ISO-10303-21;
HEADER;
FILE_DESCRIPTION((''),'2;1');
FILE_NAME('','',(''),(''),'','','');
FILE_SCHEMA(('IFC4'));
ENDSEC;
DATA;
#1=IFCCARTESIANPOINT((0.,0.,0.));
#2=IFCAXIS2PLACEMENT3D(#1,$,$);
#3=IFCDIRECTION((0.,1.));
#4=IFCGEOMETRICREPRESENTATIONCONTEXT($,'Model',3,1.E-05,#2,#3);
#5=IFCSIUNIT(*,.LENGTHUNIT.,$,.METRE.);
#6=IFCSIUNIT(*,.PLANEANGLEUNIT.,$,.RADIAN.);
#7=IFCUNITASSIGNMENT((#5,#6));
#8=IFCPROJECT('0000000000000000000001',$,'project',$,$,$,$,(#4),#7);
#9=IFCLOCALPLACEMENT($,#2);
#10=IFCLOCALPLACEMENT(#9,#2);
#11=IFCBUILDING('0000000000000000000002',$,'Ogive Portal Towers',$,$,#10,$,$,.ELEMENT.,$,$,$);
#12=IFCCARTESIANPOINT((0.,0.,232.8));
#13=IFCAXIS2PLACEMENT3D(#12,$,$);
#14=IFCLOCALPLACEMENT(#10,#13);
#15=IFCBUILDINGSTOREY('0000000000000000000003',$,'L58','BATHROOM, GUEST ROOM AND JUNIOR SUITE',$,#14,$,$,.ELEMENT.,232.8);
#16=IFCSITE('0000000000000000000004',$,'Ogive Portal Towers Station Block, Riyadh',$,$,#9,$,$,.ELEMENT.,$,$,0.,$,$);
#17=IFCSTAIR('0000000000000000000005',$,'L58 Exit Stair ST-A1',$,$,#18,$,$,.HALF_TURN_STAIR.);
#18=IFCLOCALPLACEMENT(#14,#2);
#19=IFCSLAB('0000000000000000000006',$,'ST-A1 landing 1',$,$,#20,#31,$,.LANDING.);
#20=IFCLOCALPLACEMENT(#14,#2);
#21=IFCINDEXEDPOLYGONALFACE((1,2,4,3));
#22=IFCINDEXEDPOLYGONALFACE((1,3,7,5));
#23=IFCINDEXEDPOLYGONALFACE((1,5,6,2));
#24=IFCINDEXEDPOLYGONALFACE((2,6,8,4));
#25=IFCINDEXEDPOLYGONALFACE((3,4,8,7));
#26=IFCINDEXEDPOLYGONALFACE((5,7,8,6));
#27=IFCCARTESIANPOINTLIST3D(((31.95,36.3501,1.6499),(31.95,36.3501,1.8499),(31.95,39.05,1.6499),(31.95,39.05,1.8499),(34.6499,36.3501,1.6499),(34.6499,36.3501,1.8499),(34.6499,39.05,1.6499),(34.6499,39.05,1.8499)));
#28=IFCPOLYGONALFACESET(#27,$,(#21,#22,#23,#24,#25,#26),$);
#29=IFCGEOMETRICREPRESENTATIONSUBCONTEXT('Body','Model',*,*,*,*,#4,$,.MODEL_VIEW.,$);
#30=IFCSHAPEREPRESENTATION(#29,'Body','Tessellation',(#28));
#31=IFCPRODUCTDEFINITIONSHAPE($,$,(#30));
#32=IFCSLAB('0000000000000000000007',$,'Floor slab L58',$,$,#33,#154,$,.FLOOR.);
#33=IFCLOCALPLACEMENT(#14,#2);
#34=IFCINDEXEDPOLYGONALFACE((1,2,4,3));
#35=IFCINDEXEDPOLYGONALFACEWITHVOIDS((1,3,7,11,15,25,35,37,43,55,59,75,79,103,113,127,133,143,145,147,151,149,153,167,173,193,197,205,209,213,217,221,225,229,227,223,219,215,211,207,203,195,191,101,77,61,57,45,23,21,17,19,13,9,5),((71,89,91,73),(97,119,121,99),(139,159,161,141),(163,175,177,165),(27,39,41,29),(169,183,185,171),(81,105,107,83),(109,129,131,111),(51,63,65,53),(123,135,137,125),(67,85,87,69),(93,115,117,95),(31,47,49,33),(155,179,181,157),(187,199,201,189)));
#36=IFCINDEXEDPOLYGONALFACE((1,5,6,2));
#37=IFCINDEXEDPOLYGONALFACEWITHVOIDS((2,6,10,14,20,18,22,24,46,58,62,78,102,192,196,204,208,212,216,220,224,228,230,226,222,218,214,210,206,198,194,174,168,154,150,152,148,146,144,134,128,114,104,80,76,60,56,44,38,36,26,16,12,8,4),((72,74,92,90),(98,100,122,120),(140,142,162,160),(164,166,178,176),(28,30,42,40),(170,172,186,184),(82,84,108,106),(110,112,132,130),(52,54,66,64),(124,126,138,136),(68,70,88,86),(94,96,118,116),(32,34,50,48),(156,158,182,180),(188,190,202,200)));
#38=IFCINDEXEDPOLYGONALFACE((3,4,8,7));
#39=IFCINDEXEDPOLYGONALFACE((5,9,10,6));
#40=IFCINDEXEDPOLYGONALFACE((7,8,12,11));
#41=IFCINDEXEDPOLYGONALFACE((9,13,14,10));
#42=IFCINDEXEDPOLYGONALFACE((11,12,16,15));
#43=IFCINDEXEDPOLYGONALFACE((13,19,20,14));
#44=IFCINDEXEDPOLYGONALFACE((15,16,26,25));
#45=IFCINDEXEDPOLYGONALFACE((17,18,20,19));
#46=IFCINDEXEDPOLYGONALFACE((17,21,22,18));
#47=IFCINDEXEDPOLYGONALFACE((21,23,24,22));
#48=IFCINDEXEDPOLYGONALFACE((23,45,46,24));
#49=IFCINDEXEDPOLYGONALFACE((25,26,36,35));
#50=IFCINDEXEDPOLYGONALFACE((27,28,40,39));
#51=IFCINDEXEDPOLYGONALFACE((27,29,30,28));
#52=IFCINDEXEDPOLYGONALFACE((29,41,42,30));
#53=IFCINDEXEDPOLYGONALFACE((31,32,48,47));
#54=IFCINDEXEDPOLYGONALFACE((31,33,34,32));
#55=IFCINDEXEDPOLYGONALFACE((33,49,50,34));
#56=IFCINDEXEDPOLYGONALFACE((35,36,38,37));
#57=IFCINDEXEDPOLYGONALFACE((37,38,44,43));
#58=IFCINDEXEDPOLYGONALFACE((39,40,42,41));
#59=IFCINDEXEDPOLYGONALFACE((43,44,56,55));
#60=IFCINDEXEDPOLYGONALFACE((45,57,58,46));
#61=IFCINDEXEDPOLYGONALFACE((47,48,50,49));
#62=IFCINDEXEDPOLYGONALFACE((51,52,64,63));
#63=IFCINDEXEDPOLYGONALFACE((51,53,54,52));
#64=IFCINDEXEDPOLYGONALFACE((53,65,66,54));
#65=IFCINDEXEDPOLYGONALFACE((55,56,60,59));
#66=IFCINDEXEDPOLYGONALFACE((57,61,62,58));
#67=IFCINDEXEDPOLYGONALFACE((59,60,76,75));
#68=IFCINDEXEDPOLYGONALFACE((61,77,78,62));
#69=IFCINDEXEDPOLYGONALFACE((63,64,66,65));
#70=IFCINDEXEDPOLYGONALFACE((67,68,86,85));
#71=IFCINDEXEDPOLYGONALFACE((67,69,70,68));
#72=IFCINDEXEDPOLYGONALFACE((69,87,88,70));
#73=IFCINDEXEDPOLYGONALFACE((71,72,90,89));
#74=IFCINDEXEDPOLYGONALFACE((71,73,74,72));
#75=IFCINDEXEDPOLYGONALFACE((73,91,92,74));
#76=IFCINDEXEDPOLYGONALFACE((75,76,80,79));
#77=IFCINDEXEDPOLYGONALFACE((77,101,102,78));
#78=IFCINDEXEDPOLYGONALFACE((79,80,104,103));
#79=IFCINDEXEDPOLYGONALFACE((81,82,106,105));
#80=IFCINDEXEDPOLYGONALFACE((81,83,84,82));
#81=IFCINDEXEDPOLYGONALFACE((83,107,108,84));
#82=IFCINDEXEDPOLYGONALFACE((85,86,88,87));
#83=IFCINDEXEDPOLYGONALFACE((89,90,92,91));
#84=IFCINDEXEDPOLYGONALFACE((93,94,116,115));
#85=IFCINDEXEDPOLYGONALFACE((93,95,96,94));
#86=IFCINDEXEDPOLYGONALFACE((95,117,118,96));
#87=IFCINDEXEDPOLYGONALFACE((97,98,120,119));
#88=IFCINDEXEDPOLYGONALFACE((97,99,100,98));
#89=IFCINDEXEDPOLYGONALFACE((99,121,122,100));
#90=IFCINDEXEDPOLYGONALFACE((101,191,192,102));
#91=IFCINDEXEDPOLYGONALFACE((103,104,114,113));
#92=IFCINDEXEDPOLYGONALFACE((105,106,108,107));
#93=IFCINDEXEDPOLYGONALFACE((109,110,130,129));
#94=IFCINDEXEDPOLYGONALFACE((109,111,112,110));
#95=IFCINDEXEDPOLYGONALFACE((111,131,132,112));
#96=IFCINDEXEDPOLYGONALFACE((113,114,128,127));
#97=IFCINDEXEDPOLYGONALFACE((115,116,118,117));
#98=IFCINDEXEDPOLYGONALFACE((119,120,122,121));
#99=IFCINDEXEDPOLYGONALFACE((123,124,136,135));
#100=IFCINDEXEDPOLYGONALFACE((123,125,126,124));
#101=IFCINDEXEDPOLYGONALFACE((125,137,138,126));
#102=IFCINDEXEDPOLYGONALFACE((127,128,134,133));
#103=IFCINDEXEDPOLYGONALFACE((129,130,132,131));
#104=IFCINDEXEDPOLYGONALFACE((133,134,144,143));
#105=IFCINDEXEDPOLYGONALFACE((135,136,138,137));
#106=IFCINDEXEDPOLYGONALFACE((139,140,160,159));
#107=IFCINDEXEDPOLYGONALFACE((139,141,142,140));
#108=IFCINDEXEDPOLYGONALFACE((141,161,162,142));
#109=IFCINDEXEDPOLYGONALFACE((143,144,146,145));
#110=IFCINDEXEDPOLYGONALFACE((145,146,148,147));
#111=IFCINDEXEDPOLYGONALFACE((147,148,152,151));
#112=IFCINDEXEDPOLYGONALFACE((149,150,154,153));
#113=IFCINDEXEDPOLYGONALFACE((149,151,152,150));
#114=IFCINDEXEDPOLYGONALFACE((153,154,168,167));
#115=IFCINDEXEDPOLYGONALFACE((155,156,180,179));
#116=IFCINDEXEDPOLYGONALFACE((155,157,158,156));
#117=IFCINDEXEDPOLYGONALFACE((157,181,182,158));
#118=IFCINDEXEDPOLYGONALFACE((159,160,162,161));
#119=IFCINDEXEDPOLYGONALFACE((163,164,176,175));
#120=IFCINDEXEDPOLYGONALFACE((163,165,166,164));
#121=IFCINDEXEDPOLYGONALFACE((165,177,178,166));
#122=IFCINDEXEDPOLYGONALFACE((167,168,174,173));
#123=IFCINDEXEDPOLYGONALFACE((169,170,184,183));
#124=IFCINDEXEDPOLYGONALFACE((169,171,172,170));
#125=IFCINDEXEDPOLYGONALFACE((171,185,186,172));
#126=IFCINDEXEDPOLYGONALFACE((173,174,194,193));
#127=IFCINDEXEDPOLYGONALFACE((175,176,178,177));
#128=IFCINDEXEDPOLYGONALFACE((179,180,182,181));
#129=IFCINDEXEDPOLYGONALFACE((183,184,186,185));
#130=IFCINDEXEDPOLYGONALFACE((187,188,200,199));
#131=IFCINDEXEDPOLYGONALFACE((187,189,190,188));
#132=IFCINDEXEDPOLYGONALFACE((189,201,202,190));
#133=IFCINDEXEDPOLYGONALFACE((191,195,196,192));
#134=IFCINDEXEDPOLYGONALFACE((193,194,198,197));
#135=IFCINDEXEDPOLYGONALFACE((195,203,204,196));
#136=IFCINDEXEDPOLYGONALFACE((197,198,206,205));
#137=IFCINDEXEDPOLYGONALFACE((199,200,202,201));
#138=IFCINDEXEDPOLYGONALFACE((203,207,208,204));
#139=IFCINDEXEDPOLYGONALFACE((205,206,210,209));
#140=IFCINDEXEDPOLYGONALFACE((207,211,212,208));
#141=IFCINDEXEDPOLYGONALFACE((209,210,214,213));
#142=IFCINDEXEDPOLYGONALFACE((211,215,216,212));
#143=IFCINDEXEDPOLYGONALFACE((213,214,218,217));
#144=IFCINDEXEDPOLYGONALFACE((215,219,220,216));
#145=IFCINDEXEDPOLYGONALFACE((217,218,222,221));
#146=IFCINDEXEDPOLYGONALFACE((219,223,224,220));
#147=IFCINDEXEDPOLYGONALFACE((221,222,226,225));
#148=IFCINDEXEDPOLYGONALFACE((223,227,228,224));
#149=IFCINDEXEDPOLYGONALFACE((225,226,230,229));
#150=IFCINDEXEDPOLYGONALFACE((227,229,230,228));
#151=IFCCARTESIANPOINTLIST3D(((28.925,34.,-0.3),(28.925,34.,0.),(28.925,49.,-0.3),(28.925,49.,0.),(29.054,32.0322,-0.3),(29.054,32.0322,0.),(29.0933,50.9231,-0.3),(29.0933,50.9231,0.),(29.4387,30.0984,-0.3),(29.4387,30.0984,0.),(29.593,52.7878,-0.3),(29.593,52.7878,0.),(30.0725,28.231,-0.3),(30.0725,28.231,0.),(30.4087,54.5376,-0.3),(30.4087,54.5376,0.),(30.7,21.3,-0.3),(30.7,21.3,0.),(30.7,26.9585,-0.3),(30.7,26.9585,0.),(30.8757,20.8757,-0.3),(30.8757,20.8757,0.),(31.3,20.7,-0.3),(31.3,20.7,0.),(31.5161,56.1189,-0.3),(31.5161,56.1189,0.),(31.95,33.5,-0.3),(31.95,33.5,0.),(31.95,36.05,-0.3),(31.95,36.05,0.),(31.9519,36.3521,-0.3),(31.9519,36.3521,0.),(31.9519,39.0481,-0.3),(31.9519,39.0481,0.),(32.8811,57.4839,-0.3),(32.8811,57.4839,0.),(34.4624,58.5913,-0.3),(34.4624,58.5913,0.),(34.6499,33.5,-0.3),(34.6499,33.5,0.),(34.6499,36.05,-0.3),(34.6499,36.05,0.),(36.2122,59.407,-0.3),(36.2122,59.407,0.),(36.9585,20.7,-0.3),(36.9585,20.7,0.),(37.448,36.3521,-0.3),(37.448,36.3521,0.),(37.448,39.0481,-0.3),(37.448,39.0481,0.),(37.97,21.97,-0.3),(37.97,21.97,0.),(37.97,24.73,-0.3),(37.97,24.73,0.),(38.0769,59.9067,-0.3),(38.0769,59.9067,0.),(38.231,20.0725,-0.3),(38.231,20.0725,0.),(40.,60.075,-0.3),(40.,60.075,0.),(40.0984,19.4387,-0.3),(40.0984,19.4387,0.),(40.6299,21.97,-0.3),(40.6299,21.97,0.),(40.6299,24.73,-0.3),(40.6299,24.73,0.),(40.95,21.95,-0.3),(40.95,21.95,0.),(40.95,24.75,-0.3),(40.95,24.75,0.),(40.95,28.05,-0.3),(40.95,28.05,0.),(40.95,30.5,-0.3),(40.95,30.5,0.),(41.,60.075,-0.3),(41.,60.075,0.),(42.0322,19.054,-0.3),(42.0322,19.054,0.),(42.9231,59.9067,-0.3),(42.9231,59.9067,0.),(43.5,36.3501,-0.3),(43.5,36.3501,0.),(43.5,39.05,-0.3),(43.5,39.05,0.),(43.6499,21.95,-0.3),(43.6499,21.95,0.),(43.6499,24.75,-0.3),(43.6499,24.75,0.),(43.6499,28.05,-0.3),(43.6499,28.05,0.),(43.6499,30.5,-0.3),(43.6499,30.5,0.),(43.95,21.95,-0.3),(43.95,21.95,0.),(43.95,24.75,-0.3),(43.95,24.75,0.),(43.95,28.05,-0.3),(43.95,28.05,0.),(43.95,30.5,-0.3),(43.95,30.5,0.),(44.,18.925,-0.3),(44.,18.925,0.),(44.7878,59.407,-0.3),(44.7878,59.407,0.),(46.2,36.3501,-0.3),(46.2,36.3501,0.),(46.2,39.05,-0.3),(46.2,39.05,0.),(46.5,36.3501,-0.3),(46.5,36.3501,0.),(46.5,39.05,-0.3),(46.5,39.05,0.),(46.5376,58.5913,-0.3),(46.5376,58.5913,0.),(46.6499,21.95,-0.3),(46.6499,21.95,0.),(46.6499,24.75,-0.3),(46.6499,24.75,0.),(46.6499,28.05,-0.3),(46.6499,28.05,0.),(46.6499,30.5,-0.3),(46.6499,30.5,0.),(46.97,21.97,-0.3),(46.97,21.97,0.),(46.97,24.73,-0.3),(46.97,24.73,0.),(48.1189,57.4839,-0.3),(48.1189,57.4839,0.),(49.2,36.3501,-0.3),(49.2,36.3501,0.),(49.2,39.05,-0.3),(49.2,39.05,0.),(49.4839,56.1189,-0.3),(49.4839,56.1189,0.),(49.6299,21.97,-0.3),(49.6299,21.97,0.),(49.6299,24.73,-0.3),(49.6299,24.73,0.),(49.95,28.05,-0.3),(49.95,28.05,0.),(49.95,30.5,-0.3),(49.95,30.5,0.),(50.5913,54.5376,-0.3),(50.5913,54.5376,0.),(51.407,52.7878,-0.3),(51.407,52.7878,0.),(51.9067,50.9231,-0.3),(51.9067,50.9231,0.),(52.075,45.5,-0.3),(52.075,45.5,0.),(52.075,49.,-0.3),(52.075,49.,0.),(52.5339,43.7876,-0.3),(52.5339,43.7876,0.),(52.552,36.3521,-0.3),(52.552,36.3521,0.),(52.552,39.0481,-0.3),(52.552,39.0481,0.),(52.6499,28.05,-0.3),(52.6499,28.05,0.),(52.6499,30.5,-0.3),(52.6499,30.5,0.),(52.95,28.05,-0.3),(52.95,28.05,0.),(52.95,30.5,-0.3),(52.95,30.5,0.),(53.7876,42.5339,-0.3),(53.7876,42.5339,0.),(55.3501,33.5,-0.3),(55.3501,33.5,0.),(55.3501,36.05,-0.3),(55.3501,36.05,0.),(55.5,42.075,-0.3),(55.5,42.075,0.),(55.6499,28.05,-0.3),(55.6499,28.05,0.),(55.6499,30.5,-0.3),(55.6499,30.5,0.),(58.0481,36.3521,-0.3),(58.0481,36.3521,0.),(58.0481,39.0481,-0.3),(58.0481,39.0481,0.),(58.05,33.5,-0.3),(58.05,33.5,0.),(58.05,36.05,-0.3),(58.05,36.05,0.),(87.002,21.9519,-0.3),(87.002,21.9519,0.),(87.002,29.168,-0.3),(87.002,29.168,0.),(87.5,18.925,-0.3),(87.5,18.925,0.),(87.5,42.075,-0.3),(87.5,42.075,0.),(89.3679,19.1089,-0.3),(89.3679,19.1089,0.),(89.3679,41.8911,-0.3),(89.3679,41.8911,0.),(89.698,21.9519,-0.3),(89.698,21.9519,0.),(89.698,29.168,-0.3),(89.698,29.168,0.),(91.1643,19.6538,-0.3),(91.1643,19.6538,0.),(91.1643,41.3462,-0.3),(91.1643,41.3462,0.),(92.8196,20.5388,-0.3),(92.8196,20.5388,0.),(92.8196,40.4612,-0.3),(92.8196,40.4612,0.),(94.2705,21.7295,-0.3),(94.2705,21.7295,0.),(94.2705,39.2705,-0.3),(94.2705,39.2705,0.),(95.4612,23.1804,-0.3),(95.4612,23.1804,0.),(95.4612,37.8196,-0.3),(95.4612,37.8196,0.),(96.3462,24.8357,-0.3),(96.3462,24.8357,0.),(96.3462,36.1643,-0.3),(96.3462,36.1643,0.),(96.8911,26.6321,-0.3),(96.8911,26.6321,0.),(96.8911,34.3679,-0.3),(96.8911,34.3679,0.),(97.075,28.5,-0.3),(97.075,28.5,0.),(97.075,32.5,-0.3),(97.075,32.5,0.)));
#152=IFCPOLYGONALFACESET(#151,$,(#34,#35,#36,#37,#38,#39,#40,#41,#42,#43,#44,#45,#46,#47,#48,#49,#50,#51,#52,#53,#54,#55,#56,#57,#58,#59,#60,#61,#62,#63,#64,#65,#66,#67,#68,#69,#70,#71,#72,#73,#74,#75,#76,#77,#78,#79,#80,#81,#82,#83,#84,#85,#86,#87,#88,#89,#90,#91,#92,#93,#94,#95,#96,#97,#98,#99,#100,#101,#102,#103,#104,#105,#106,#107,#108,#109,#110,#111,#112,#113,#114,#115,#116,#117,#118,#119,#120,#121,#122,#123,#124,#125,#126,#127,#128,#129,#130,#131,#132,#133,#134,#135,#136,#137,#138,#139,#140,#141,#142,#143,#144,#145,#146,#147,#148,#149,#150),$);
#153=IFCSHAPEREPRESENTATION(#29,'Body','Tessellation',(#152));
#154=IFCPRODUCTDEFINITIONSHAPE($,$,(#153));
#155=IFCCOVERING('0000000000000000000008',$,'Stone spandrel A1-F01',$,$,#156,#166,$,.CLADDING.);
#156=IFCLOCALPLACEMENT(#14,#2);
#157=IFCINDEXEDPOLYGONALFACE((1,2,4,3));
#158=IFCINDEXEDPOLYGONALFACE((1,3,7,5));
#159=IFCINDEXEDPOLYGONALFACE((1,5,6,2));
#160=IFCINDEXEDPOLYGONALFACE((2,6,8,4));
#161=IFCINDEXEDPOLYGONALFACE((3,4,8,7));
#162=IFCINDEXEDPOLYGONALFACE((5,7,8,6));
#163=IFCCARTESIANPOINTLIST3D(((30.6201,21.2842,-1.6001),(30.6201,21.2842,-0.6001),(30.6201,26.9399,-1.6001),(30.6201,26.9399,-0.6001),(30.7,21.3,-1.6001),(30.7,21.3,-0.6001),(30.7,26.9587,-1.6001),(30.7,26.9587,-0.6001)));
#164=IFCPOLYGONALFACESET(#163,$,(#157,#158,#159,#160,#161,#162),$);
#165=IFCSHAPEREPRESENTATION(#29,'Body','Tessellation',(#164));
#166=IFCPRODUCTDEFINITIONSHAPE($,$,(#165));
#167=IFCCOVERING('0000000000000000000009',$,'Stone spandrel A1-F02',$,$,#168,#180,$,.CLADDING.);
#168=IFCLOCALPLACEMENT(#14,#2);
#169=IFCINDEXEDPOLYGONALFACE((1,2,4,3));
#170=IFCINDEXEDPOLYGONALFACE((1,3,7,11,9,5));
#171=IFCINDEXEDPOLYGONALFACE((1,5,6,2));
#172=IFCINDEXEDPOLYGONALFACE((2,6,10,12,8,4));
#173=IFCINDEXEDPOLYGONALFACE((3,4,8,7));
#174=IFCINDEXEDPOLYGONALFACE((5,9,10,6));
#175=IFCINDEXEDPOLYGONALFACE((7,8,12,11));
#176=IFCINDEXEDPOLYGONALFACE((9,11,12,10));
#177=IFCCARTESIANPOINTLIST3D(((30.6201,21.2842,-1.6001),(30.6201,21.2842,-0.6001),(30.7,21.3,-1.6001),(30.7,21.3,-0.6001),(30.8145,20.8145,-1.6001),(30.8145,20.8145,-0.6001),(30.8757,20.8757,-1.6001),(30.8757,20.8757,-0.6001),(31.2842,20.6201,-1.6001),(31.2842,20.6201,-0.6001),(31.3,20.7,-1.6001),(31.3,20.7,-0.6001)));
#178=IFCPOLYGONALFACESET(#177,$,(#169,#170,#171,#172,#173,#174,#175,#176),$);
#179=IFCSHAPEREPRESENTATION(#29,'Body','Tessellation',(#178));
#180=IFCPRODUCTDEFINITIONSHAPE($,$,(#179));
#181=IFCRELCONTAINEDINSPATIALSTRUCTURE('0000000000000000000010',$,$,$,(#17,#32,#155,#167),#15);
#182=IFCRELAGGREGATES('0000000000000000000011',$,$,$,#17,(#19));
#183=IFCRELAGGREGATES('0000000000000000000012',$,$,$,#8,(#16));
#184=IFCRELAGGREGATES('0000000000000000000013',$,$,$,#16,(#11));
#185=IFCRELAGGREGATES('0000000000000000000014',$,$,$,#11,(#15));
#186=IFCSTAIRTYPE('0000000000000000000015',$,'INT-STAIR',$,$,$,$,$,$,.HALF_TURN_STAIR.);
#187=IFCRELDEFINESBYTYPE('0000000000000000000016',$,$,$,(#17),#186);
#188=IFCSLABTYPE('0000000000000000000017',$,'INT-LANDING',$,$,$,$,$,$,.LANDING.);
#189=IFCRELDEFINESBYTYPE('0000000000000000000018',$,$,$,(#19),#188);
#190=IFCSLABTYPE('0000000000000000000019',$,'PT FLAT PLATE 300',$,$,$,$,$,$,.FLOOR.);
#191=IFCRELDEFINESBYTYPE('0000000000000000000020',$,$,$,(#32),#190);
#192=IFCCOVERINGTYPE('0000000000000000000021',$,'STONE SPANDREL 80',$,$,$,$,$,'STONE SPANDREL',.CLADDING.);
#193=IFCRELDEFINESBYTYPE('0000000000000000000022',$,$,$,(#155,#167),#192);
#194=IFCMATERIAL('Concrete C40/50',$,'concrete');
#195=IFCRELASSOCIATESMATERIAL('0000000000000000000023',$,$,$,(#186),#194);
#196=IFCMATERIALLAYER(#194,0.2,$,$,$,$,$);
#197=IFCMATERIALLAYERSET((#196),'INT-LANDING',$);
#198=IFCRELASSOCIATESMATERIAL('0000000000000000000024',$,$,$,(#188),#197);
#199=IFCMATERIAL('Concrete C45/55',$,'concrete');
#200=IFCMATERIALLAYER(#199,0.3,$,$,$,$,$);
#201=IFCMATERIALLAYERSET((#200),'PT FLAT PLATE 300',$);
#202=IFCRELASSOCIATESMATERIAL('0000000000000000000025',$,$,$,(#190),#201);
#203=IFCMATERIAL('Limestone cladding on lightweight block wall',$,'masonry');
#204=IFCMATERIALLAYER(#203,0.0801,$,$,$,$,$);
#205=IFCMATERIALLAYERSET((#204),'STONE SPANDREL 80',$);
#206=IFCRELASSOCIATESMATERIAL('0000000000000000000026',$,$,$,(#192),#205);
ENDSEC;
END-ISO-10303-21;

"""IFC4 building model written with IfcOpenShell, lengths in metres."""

from ifc_helpers import new_model, si_unit, direction, frame, origin, place, context, subcontext, project, spatial, polyline, outline, extrude, material, layer, layer_set, type_object, element, aggregate, save


model = new_model("IFC4")

# Units and contexts
model_context = context("Model", 3, precision=1e-05, world=origin(), true_north=direction((0.0, 1.0)))
body_context = subcontext(model_context, "Body", "Model", "MODEL_VIEW")
ifc_project = project(units=[si_unit("LENGTHUNIT", "METRE"), si_unit("PLANEANGLEUNIT", "RADIAN")], contexts=[model_context])

# Site, building, storey
site_placement = place(None, origin())
site = spatial("IfcSite", under=ifc_project, at=site_placement, Name="Ogive Portal Towers Station Block, Riyadh", CompositionType="ELEMENT", RefElevation=0.0)
building_placement = place(site_placement, origin())
building = spatial("IfcBuilding", under=site, at=building_placement, Name="Ogive Portal Towers", CompositionType="ELEMENT")
storey_placement = place(building_placement, frame((0.0, 0.0, 232.8)))
storey = spatial("IfcBuildingStorey", under=building, at=storey_placement, Name="L58", Description="BATHROOM, GUEST ROOM AND JUNIOR SUITE", CompositionType="ELEMENT", Elevation=232.8)

# Stair, slab
ifc_material_1 = material(Name="Concrete C40/50", Category="concrete")
stair_type = type_object("IfcStairType", Name="INT-STAIR", PredefinedType="HALF_TURN_STAIR", material=ifc_material_1)
stair_placement = place(storey_placement, origin())
stair = element("IfcStair", 1, at=stair_placement, inside=storey, type_object=stair_type, Name="L58 Exit Stair ST-A1", PredefinedType="HALF_TURN_STAIR")
ifc_layer_1 = layer(ifc_material_1, 0.2)
ifc_layer_set_1 = layer_set([ifc_layer_1], Name="INT-LANDING")
slab_type_1 = type_object("IfcSlabType", Name="INT-LANDING", PredefinedType="LANDING", material=ifc_layer_set_1)
slab_1_placement = place(storey_placement, frame((0.0, 0.0, 1.6499)))
slab_1 = element("IfcSlab", 2, at=slab_1_placement, type_object=slab_type_1, Name="ST-A1 landing 1", PredefinedType="LANDING", context=body_context, shape_type="SweptSolid", body=[
    extrude(outline(polyline([(34.6499, 39.05), (31.95, 39.05), (31.95, 36.3501), (34.6499, 36.3501), (34.6499, 39.05)])), origin(), (0.0, 0.0, 1.0), 0.2),
])
aggregate(stair, [slab_1])

# Slab
ifc_material_2 = material(Name="Concrete C45/55", Category="concrete")
ifc_layer_2 = layer(ifc_material_2, 0.3)
ifc_layer_set_2 = layer_set([ifc_layer_2], Name="PT FLAT PLATE 300")
slab_type_2 = type_object("IfcSlabType", Name="PT FLAT PLATE 300", PredefinedType="FLOOR", material=ifc_layer_set_2)
slab_2_placement = place(storey_placement, frame((0.0, 0.0, -0.3)))
element("IfcSlab", 3, at=slab_2_placement, inside=storey, type_object=slab_type_2, Name="Floor slab L58", PredefinedType="FLOOR", context=body_context, shape_type="SweptSolid", body=[
    extrude(outline(polyline([(29.4387, 30.0984), (30.0725, 28.231), (30.7, 26.9585), (30.7, 21.3), (30.8757, 20.8757), (31.3, 20.7), (36.9585, 20.7), (38.231, 20.0725), (40.0984, 19.4387), (42.0322, 19.054), (44.0, 18.925), (87.5, 18.925), (89.3679, 19.1089), (91.1643, 19.6538), (92.8196, 20.5388), (94.2705, 21.7295), (95.4612, 23.1804), (96.3462, 24.8357), (96.8911, 26.6321), (97.075, 28.5), (97.075, 32.5), (96.8911, 34.3679), (96.3462, 36.1643), (95.4612, 37.8196), (94.2705, 39.2705), (92.8196, 40.4612), (91.1643, 41.3462), (89.3679, 41.8911), (87.5, 42.075), (55.5, 42.075), (53.7876, 42.5339), (52.5339, 43.7876), (52.075, 45.5), (52.075, 49.0), (51.9067, 50.9231), (51.407, 52.7878), (50.5913, 54.5376), (49.4839, 56.1189), (48.1189, 57.4839), (46.5376, 58.5913), (44.7878, 59.407), (42.9231, 59.9067), (41.0, 60.075), (40.0, 60.075), (38.0769, 59.9067), (36.2122, 59.407), (34.4624, 58.5913), (32.8811, 57.4839), (31.5161, 56.1189), (30.4087, 54.5376), (29.593, 52.7878), (29.0933, 50.9231), (28.925, 49.0), (28.925, 34.0), (29.054, 32.0322), (29.4387, 30.0984)]), holes=[polyline([(40.6299, 24.73), (40.6299, 21.97), (37.97, 21.97), (37.97, 24.73), (40.6299, 24.73)]), polyline([(43.6499, 24.75), (43.6499, 21.95), (40.95, 21.95), (40.95, 24.75), (43.6499, 24.75)]), polyline([(46.6499, 24.75), (46.6499, 21.95), (43.95, 21.95), (43.95, 24.75), (46.6499, 24.75)]), polyline([(43.6499, 30.5), (43.6499, 28.05), (40.95, 28.05), (40.95, 30.5), (43.6499, 30.5)]), polyline([(46.6499, 30.5), (46.6499, 28.05), (43.95, 28.05), (43.95, 30.5), (46.6499, 30.5)]), polyline([(34.6499, 36.05), (34.6499, 33.5), (31.95, 33.5), (31.95, 36.05), (34.6499, 36.05)]), polyline([(31.9519, 39.0481), (37.448, 39.0481), (37.448, 36.3521), (31.9519, 36.3521), (31.9519, 39.0481)]), polyline([(46.2, 39.05), (46.2, 36.3501), (43.5, 36.3501), (43.5, 39.05), (46.2, 39.05)]), polyline([(49.6299, 21.97), (46.97, 21.97), (46.97, 24.73), (49.6299, 24.73), (49.6299, 21.97)]), polyline([(87.002, 21.9519), (87.002, 29.168), (89.698, 29.168), (89.698, 21.9519), (87.002, 21.9519)]), polyline([(52.6499, 30.5), (52.6499, 28.05), (49.95, 28.05), (49.95, 30.5), (52.6499, 30.5)]), polyline([(55.6499, 30.5), (55.6499, 28.05), (52.95, 28.05), (52.95, 30.5), (55.6499, 30.5)]), polyline([(58.05, 36.05), (58.05, 33.5), (55.3501, 33.5), (55.3501, 36.05), (58.05, 36.05)]), polyline([(49.2, 39.05), (49.2, 36.3501), (46.5, 36.3501), (46.5, 39.05), (49.2, 39.05)]), polyline([(58.0481, 36.3521), (52.552, 36.3521), (52.552, 39.0481), (58.0481, 39.0481), (58.0481, 36.3521)])]), origin(), (0.0, 0.0, 1.0), 0.3),
])

# Coverings
ifc_material_3 = material(Name="Limestone cladding on lightweight block wall", Category="masonry")
ifc_layer_3 = layer(ifc_material_3, 0.0801)
ifc_layer_set_3 = layer_set([ifc_layer_3], Name="STONE SPANDREL 80")
covering_type_1 = type_object("IfcCoveringType", Name="STONE SPANDREL 80", ElementType="STONE SPANDREL", PredefinedType="CLADDING", material=ifc_layer_set_3)
covering_1_placement = place(storey_placement, frame((0.0, 0.0, -1.6001)))
element("IfcCovering", 4, at=covering_1_placement, inside=storey, type_object=covering_type_1, Name="Stone spandrel A1-F01", PredefinedType="CLADDING", context=body_context, shape_type="SweptSolid", body=[
    extrude(outline(polyline([(30.7, 26.9587), (30.7, 21.3), (30.6201, 21.2842), (30.6201, 26.9399), (30.7, 26.9587)])), origin(), (0.0, 0.0, 1.0), 1.0),
])
covering_2_placement = place(storey_placement, frame((0.0, 0.0, -1.6001)))
element("IfcCovering", 5, at=covering_2_placement, inside=storey, type_object=covering_type_1, Name="Stone spandrel A1-F02", PredefinedType="CLADDING", context=body_context, shape_type="SweptSolid", body=[
    extrude(outline(polyline([(30.7, 21.3), (30.8757, 20.8757), (31.3, 20.7), (31.2842, 20.6201), (30.8145, 20.8145), (30.6201, 21.2842), (30.7, 21.3)])), origin(), (0.0, 0.0, 1.0), 1.0),
])

save(model, "model.ifc")
